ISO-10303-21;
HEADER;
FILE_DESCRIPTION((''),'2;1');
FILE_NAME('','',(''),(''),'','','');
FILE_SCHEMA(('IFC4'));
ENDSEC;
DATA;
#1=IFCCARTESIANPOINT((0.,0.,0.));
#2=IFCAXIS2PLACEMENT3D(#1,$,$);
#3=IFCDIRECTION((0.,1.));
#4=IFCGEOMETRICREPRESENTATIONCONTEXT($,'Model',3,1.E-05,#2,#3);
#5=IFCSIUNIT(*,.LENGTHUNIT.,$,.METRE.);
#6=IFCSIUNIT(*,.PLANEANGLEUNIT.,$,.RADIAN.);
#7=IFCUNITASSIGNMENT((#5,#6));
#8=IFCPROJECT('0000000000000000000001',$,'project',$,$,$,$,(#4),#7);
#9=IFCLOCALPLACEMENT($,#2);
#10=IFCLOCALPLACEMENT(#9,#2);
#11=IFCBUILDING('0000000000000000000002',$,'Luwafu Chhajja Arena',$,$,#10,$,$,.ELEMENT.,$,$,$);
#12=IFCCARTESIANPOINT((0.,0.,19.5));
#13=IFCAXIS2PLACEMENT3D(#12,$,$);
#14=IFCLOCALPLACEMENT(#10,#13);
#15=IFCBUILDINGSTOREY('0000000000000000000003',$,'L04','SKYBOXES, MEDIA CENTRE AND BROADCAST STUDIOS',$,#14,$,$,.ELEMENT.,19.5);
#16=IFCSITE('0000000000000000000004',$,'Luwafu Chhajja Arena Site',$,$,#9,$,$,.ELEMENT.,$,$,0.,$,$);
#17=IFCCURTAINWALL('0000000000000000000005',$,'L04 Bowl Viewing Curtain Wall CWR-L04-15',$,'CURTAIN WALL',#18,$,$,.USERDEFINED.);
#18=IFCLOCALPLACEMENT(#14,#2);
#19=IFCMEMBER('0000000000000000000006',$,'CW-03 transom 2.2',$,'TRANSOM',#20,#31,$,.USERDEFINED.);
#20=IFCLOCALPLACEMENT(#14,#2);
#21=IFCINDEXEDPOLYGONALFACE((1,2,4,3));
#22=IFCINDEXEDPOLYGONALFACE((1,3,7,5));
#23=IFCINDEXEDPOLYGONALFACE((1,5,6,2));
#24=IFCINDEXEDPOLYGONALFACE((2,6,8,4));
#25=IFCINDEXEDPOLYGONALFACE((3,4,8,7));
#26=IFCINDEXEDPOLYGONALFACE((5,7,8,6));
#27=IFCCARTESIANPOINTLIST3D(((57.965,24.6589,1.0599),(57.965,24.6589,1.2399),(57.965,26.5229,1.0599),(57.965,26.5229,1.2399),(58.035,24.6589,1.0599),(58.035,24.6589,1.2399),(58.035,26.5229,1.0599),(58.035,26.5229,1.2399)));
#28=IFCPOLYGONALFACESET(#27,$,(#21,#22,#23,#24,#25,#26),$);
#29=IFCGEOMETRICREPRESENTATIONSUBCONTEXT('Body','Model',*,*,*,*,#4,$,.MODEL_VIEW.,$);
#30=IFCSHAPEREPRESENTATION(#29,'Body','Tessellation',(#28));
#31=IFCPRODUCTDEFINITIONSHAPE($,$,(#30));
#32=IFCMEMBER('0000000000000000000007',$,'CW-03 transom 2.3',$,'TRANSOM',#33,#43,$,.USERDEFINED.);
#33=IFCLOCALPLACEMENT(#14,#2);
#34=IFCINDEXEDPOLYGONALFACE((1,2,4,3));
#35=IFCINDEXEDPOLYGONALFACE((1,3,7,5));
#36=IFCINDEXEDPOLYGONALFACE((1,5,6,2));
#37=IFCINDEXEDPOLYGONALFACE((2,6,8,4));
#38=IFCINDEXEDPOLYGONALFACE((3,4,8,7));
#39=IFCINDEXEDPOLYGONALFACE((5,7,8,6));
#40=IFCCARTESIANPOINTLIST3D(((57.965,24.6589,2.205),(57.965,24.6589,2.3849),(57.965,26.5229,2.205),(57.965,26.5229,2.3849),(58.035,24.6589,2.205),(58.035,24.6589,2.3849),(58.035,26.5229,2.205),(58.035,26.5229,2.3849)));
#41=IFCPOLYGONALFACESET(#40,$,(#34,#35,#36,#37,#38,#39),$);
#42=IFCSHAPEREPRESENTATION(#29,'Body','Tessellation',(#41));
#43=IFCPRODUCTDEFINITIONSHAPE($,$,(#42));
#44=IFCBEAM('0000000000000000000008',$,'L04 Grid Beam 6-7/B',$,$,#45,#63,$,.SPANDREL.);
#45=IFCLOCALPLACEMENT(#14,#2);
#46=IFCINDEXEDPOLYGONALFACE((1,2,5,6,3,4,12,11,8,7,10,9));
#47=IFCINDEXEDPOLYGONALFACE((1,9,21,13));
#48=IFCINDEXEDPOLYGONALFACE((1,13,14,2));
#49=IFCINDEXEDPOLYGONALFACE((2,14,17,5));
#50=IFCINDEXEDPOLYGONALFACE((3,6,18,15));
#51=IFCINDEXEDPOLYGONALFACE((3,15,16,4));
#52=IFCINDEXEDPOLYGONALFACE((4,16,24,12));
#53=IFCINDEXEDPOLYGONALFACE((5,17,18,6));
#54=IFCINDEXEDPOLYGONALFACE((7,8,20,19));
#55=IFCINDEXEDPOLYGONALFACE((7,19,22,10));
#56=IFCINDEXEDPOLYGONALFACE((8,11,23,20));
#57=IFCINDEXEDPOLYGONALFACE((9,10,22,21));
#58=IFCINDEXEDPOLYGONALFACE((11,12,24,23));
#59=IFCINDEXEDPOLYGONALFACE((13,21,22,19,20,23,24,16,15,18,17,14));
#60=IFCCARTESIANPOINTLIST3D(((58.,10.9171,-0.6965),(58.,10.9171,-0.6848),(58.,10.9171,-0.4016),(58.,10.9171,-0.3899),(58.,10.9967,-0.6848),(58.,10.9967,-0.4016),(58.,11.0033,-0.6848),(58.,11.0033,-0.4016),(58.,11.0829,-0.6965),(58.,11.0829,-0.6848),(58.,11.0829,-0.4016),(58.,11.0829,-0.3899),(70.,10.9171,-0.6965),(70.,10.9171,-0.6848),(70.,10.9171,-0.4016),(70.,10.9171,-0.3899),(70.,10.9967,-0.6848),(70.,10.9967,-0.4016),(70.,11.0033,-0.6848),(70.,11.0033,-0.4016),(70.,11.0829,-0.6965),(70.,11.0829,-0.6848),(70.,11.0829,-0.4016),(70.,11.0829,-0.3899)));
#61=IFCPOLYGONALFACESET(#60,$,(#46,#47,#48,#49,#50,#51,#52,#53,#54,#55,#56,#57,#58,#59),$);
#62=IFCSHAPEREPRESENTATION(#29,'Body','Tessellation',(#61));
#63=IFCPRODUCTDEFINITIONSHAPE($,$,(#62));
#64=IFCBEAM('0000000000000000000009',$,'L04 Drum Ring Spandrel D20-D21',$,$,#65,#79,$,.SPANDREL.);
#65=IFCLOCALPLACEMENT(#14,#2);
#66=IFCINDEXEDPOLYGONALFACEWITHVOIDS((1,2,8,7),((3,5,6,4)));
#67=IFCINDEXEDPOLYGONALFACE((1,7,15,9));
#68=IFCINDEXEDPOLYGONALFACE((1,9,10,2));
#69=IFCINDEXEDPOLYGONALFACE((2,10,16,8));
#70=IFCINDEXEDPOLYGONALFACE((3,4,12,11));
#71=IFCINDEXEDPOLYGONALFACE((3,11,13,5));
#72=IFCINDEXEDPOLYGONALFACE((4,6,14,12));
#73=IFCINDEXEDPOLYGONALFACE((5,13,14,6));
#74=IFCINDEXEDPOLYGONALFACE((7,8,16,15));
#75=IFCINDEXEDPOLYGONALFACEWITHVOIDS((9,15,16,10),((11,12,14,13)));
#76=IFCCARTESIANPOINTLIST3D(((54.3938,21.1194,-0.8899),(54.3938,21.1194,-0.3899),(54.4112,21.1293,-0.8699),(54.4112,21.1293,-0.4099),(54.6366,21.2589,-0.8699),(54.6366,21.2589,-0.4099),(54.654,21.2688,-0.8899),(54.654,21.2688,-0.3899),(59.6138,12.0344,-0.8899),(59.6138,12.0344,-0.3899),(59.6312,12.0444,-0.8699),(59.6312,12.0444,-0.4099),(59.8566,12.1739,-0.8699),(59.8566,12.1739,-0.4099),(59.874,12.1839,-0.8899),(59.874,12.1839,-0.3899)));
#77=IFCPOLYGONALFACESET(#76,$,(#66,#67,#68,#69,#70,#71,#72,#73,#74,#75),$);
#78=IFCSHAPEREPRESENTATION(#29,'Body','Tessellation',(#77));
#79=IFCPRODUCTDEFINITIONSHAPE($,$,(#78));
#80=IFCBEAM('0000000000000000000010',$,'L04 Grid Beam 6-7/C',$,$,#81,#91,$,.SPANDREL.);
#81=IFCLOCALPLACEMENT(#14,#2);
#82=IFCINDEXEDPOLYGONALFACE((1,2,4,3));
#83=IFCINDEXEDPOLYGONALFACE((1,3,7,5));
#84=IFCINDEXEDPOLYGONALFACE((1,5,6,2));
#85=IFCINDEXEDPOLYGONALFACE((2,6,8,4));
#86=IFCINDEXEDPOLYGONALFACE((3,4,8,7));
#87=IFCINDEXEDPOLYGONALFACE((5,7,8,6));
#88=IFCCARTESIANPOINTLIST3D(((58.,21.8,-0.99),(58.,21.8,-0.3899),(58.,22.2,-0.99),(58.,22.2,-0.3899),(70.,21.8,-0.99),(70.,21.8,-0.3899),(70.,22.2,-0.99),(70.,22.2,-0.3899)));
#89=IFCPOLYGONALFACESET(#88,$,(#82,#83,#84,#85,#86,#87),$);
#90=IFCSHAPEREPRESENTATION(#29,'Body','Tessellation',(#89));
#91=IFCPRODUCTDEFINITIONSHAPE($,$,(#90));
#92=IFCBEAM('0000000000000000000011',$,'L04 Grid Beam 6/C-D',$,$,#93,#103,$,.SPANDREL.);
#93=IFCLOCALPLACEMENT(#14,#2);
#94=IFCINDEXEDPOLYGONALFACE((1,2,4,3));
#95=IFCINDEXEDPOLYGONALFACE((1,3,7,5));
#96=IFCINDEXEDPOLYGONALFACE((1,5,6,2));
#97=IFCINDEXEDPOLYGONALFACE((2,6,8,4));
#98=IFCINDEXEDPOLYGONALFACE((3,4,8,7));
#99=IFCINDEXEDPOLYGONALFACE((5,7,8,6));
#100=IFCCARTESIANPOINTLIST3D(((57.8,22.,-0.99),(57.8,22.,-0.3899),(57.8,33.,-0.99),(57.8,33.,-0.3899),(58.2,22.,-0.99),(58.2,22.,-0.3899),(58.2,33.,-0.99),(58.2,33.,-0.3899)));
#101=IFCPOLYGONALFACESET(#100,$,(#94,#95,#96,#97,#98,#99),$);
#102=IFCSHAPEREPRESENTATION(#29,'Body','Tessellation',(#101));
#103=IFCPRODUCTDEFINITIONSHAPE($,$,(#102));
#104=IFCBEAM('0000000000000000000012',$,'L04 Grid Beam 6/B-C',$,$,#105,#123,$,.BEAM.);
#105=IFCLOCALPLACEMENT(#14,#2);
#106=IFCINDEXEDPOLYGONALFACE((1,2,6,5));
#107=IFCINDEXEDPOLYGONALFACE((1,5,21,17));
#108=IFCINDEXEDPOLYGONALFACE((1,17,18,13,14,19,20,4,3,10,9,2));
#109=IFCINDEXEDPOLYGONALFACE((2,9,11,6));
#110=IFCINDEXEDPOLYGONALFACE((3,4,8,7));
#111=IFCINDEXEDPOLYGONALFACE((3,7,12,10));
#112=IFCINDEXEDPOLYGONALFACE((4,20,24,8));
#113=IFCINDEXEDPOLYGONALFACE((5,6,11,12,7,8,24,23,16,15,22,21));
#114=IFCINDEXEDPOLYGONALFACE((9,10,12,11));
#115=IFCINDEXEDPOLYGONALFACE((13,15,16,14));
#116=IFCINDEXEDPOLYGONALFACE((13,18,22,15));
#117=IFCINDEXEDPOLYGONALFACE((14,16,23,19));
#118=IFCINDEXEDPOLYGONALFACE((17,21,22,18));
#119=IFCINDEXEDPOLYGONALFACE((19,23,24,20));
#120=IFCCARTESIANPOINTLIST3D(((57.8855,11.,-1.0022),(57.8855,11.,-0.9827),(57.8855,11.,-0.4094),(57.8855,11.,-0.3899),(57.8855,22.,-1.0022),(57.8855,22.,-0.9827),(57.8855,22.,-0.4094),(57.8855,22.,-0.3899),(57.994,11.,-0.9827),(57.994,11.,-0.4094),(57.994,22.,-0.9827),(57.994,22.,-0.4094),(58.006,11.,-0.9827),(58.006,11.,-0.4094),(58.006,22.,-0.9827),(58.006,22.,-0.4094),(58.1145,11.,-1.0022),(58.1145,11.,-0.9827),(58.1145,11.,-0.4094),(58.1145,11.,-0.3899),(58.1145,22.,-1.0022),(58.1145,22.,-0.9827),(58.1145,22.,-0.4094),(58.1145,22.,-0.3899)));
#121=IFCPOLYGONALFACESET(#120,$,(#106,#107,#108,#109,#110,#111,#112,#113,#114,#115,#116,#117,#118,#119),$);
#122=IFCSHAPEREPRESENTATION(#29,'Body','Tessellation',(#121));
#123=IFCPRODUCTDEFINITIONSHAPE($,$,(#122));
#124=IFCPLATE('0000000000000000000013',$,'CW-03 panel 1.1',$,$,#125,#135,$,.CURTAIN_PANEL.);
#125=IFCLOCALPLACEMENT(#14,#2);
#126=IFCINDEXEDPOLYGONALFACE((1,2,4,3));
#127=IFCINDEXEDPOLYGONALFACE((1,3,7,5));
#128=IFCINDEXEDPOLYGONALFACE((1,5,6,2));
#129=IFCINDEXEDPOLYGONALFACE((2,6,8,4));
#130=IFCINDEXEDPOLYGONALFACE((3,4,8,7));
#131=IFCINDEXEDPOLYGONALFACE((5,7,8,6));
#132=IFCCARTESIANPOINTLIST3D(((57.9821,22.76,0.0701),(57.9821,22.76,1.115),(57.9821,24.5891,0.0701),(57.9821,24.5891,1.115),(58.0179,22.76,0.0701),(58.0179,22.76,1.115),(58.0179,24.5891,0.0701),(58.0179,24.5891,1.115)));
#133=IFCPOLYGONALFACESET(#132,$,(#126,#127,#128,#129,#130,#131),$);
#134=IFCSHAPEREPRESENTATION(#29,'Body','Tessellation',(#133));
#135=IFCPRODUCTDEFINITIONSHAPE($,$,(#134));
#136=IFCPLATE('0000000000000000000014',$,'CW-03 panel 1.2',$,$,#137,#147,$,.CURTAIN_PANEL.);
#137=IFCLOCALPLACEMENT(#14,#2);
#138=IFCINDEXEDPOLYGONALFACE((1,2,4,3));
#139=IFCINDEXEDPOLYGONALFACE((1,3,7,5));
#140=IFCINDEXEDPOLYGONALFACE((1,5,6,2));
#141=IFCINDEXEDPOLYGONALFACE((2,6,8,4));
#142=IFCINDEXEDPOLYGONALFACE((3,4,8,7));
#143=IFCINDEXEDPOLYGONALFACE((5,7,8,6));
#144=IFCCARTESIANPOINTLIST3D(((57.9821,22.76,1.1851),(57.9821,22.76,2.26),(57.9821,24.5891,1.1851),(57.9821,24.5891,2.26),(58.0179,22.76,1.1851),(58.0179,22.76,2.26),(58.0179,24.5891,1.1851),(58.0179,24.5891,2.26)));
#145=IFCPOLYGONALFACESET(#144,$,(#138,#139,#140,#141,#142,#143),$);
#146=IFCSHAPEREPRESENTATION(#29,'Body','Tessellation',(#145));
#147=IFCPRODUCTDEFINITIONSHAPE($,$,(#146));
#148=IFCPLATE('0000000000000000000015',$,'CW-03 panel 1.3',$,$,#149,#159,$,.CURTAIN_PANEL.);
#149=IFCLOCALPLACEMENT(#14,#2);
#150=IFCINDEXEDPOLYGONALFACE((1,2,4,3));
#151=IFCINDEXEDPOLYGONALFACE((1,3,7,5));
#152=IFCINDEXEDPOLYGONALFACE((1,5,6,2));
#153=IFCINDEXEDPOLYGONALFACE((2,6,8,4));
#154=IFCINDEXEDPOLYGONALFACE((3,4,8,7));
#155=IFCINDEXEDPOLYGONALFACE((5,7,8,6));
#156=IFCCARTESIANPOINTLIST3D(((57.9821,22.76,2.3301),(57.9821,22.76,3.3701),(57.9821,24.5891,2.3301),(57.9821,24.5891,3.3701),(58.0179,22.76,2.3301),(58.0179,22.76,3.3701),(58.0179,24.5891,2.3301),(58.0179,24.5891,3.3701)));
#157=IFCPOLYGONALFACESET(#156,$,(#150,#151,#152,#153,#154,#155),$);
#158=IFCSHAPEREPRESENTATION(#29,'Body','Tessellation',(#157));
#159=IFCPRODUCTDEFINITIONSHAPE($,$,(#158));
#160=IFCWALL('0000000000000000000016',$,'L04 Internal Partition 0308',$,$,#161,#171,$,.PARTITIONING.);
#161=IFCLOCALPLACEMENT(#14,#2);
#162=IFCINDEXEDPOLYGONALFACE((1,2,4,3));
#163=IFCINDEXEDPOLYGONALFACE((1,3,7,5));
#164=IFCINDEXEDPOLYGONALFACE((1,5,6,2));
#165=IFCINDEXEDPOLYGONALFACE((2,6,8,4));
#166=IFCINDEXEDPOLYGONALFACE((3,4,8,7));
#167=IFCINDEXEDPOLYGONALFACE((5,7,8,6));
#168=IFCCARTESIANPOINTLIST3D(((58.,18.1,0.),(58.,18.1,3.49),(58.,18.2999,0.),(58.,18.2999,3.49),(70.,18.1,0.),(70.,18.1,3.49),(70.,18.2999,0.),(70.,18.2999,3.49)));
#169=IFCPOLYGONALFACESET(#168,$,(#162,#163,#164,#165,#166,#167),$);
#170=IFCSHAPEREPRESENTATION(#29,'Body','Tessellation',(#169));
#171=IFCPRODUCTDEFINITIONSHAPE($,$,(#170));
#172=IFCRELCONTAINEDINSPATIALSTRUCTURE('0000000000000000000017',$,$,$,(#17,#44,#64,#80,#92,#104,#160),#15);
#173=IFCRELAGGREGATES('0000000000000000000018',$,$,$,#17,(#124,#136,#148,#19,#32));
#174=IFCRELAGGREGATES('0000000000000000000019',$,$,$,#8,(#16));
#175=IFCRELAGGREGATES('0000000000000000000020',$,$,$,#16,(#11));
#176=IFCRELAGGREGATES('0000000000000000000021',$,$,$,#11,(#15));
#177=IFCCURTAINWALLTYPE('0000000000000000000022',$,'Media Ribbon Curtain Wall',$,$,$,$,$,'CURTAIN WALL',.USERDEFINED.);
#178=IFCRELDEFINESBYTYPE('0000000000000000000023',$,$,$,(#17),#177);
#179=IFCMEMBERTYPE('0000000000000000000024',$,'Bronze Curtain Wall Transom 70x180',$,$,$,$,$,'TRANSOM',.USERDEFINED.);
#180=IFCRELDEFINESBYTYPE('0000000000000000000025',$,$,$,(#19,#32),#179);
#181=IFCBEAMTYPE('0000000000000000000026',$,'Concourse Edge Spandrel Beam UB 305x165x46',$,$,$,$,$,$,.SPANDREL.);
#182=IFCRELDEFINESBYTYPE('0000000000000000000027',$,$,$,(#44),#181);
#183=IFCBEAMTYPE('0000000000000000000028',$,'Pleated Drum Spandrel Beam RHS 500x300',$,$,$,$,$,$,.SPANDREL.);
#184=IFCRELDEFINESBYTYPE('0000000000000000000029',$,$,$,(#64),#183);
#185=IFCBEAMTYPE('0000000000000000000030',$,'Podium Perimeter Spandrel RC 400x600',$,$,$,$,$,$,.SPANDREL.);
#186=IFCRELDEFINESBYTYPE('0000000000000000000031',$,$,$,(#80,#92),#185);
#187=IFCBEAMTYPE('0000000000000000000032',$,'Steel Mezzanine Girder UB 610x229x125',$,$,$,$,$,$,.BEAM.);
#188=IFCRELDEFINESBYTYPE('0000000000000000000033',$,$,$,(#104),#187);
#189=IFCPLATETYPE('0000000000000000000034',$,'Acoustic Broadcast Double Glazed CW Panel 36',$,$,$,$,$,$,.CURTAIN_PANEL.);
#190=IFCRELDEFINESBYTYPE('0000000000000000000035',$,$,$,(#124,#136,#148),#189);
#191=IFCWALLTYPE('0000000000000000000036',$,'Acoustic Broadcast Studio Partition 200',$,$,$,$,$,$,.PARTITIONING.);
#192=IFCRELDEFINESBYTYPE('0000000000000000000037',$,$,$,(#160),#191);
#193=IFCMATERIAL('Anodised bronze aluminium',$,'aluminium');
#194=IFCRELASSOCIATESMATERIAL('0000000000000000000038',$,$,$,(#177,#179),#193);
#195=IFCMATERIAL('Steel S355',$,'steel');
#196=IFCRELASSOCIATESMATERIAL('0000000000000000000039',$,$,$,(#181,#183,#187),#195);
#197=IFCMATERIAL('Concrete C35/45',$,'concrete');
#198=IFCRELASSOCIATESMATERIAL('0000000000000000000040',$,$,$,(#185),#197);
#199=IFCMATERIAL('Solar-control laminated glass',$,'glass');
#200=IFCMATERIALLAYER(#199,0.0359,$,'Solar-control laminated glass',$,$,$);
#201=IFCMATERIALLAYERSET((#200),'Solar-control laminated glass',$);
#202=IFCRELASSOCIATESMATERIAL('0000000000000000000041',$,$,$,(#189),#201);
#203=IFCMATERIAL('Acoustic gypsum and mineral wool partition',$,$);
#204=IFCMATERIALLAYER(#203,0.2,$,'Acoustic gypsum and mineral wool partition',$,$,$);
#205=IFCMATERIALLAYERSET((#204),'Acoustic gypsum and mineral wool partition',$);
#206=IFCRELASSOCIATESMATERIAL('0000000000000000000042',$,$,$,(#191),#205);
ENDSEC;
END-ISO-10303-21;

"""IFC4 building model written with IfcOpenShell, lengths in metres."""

from ifc_helpers import new_model, si_unit, direction, frame, frame_2d, origin, origin_2d, place, context, subcontext, project, spatial, rectangle, hollow_rectangle, i_section, extrude, material, layer, layer_set, material_profile, profile_set, type_object, element, aggregate, save


model = new_model("IFC4")

# Units and contexts
model_context = context("Model", 3, precision=1e-05, world=origin(), true_north=direction((0.0, 1.0)))
body_context = subcontext(model_context, "Body", "Model", "MODEL_VIEW")
ifc_project = project(units=[si_unit("LENGTHUNIT", "METRE"), si_unit("PLANEANGLEUNIT", "RADIAN")], contexts=[model_context])

# Site, building, storey
site_placement = place(None, origin())
site = spatial("IfcSite", under=ifc_project, at=site_placement, Name="Luwafu Chhajja Arena Site", CompositionType="ELEMENT", RefElevation=0.0)
building_placement = place(site_placement, origin())
building = spatial("IfcBuilding", under=site, at=building_placement, Name="Luwafu Chhajja Arena", CompositionType="ELEMENT")
storey_placement = place(building_placement, frame((0.0, 0.0, 19.5)))
storey = spatial("IfcBuildingStorey", under=building, at=storey_placement, Name="L04", Description="SKYBOXES, MEDIA CENTRE AND BROADCAST STUDIOS", CompositionType="ELEMENT", Elevation=19.5)

# Shared definitions
ifc_material_1 = material(Name="Concrete C35/45", Category="concrete")
ifc_material_2 = material(Name="Steel S355", Category="steel")

# Curtain wall, members
ifc_material_3 = material(Name="Anodised bronze aluminium", Category="aluminium")
curtain_wall_type = type_object("IfcCurtainWallType", Name="Media Ribbon Curtain Wall", ElementType="CURTAIN WALL", PredefinedType="USERDEFINED", material=ifc_material_3)
curtain_wall_placement = place(storey_placement, origin())
curtain_wall = element("IfcCurtainWall", 1, at=curtain_wall_placement, inside=storey, type_object=curtain_wall_type, Name="L04 Bowl Viewing Curtain Wall CWR-L04-15", ObjectType="CURTAIN WALL", PredefinedType="USERDEFINED")
ifc_material_profile_1 = material_profile(ifc_material_3, rectangle(XDim=0.0701, YDim=0.1799, at=origin_2d()), Name="CWT 70x180")
ifc_profile_set_1 = profile_set([ifc_material_profile_1], Name="Anodised bronze aluminium")
member_type_1 = type_object("IfcMemberType", Name="Bronze Curtain Wall Transom 70x180", ElementType="TRANSOM", PredefinedType="USERDEFINED", material=ifc_profile_set_1)
member_1_placement = place(storey_placement, frame((58.0, 24.6589, 1.1499), z_axis=(0.0, 1.0, 0.0), x_axis=(-1.0, 0.0, 0.0)))
member_1 = element("IfcMember", 2, at=member_1_placement, type_object=member_type_1, Name="CW-03 transom 2.2", ObjectType="TRANSOM", PredefinedType="USERDEFINED", context=body_context, shape_type="SweptSolid", body=[
    extrude(rectangle(XDim=0.0701, YDim=0.1799, at=origin_2d()), origin(), (0.0, 0.0, 1.0), 1.864),
])
member_2_placement = place(storey_placement, frame((58.0, 24.6589, 2.2949), z_axis=(0.0, 1.0, 0.0), x_axis=(-1.0, 0.0, 0.0)))
member_2 = element("IfcMember", 3, at=member_2_placement, type_object=member_type_1, Name="CW-03 transom 2.3", ObjectType="TRANSOM", PredefinedType="USERDEFINED", context=body_context, shape_type="SweptSolid", body=[
    extrude(rectangle(XDim=0.0701, YDim=0.1799, at=origin_2d()), origin(), (0.0, 0.0, 1.0), 1.864),
])

# Beams
ifc_material_profile_2 = material_profile(ifc_material_2, i_section(OverallWidth=0.1658, OverallDepth=0.3066, WebThickness=0.0066, FlangeThickness=0.0117, at=origin_2d()), Name="UB 305x165x46")
ifc_profile_set_2 = profile_set([ifc_material_profile_2], Name="Steel S355")
beam_type_1 = type_object("IfcBeamType", Name="Concourse Edge Spandrel Beam UB 305x165x46", PredefinedType="SPANDREL", material=ifc_profile_set_2)
beam_1_placement = place(storey_placement, frame((58.0, 11.0, -0.5432), z_axis=(1.0, 0.0, 0.0), x_axis=(0.0, 1.0, 0.0)))
element("IfcBeam", 4, at=beam_1_placement, inside=storey, type_object=beam_type_1, Name="L04 Grid Beam 6-7/B", PredefinedType="SPANDREL", context=body_context, shape_type="SweptSolid", body=[
    extrude(i_section(OverallWidth=0.1658, OverallDepth=0.3066, WebThickness=0.0066, FlangeThickness=0.0117, at=origin_2d()), origin(), (0.0, 0.0, 1.0), 12.0),
])
ifc_material_profile_3 = material_profile(ifc_material_2, hollow_rectangle(XDim=0.3, YDim=0.5, WallThickness=0.02, at=origin_2d()), Name="RHS 500x300x20")
ifc_profile_set_3 = profile_set([ifc_material_profile_3], Name="Steel S355")
beam_type_2 = type_object("IfcBeamType", Name="Pleated Drum Spandrel Beam RHS 500x300", PredefinedType="SPANDREL", material=ifc_profile_set_3)
beam_2_placement = place(storey_placement, frame((54.5239, 21.1941, -0.6399), z_axis=(0.498193, -0.867066, 0.0), x_axis=(0.867066, 0.498193, 0.0)))
element("IfcBeam", 5, at=beam_2_placement, inside=storey, type_object=beam_type_2, Name="L04 Drum Ring Spandrel D20-D21", PredefinedType="SPANDREL", context=body_context, shape_type="SweptSolid", body=[
    extrude(hollow_rectangle(XDim=0.3, YDim=0.5, WallThickness=0.02, at=origin_2d()), origin(), (0.0, 0.0, 1.0), 10.4778),
])
ifc_material_profile_4 = material_profile(ifc_material_1, rectangle(XDim=0.3999, YDim=0.6001, at=origin_2d()), Name="RC 400x600")
ifc_profile_set_4 = profile_set([ifc_material_profile_4], Name="Concrete C35/45")
beam_type_3 = type_object("IfcBeamType", Name="Podium Perimeter Spandrel RC 400x600", PredefinedType="SPANDREL", material=ifc_profile_set_4)
beam_3_placement = place(storey_placement, frame((58.0, 22.0, -0.6899), z_axis=(1.0, 0.0, 0.0), x_axis=(0.0, 1.0, 0.0)))
element("IfcBeam", 6, at=beam_3_placement, inside=storey, type_object=beam_type_3, Name="L04 Grid Beam 6-7/C", PredefinedType="SPANDREL", context=body_context, shape_type="SweptSolid", body=[
    extrude(rectangle(XDim=0.3999, YDim=0.6001, at=origin_2d()), origin(), (0.0, 0.0, 1.0), 12.0),
])
beam_4_placement = place(storey_placement, frame((58.0, 22.0, -0.6899), z_axis=(0.0, 1.0, 0.0), x_axis=(-1.0, 0.0, 0.0)))
element("IfcBeam", 7, at=beam_4_placement, inside=storey, type_object=beam_type_3, Name="L04 Grid Beam 6/C-D", PredefinedType="SPANDREL", context=body_context, shape_type="SweptSolid", body=[
    extrude(rectangle(XDim=0.3999, YDim=0.6001, at=origin_2d()), origin(), (0.0, 0.0, 1.0), 11.0),
])
ifc_material_profile_5 = material_profile(ifc_material_2, i_section(OverallWidth=0.229, OverallDepth=0.6123, WebThickness=0.012, FlangeThickness=0.0195, at=origin_2d()), Name="UB 610x229x125")
ifc_profile_set_5 = profile_set([ifc_material_profile_5], Name="Steel S355")
beam_type_4 = type_object("IfcBeamType", Name="Steel Mezzanine Girder UB 610x229x125", PredefinedType="BEAM", material=ifc_profile_set_5)
beam_5_placement = place(storey_placement, frame((58.0, 11.0, -0.696), z_axis=(0.0, 1.0, 0.0), x_axis=(-1.0, 0.0, 0.0)))
element("IfcBeam", 8, at=beam_5_placement, inside=storey, type_object=beam_type_4, Name="L04 Grid Beam 6/B-C", PredefinedType="BEAM", context=body_context, shape_type="SweptSolid", body=[
    extrude(i_section(OverallWidth=0.229, OverallDepth=0.6123, WebThickness=0.012, FlangeThickness=0.0195, at=origin_2d()), origin(), (0.0, 0.0, 1.0), 11.0),
])

# Plates
ifc_material_4 = material(Name="Solar-control laminated glass", Category="glass")
ifc_layer_1 = layer(ifc_material_4, 0.0359, Name="Solar-control laminated glass")
ifc_layer_set_1 = layer_set([ifc_layer_1], Name="Solar-control laminated glass")
plate_type = type_object("IfcPlateType", Name="Acoustic Broadcast Double Glazed CW Panel 36", PredefinedType="CURTAIN_PANEL", material=ifc_layer_set_1)
plate_1_placement = place(storey_placement, frame((58.0, 23.6746, 0.0701), z_axis=(0.0, 0.0, 1.0), x_axis=(0.0, 1.0, 0.0)))
plate_1 = element("IfcPlate", 9, at=plate_1_placement, type_object=plate_type, Name="CW-03 panel 1.1", PredefinedType="CURTAIN_PANEL", context=body_context, shape_type="SweptSolid", body=[
    extrude(rectangle(XDim=1.8291, YDim=0.0359, at=origin_2d()), origin(), (0.0, 0.0, 1.0), 1.0449),
])
plate_2_placement = place(storey_placement, frame((58.0, 23.6746, 1.1851), z_axis=(0.0, 0.0, 1.0), x_axis=(0.0, 1.0, 0.0)))
plate_2 = element("IfcPlate", 10, at=plate_2_placement, type_object=plate_type, Name="CW-03 panel 1.2", PredefinedType="CURTAIN_PANEL", context=body_context, shape_type="SweptSolid", body=[
    extrude(rectangle(XDim=1.8291, YDim=0.0359, at=origin_2d()), origin(), (0.0, 0.0, 1.0), 1.075),
])
plate_3_placement = place(storey_placement, frame((58.0, 23.6746, 2.3301), z_axis=(0.0, 0.0, 1.0), x_axis=(0.0, 1.0, 0.0)))
plate_3 = element("IfcPlate", 11, at=plate_3_placement, type_object=plate_type, Name="CW-03 panel 1.3", PredefinedType="CURTAIN_PANEL", context=body_context, shape_type="SweptSolid", body=[
    extrude(rectangle(XDim=1.8291, YDim=0.0359, at=origin_2d()), origin(), (0.0, 0.0, 1.0), 1.04),
])
aggregate(curtain_wall, [plate_1, plate_2, plate_3, member_1, member_2])

# Wall
ifc_material_5 = material(Name="Acoustic gypsum and mineral wool partition")
ifc_layer_2 = layer(ifc_material_5, 0.2, Name="Acoustic gypsum and mineral wool partition")
ifc_layer_set_2 = layer_set([ifc_layer_2], Name="Acoustic gypsum and mineral wool partition")
wall_type_1 = type_object("IfcWallType", Name="Acoustic Broadcast Studio Partition 200", PredefinedType="PARTITIONING", material=ifc_layer_set_2)
wall_1_placement = place(storey_placement, frame((58.0, 18.2, 0.0), z_axis=(0.0, 0.0, 1.0), x_axis=(1.0, 0.0, 0.0)))
element("IfcWall", 12, at=wall_1_placement, inside=storey, type_object=wall_type_1, Name="L04 Internal Partition 0308", PredefinedType="PARTITIONING", context=body_context, shape_type="SweptSolid", body=[
    extrude(rectangle(XDim=12.0, YDim=0.2, at=frame_2d((6.0, 0.0))), origin(), (0.0, 0.0, 1.0), 3.49),
])

save(model, "model.ifc")
